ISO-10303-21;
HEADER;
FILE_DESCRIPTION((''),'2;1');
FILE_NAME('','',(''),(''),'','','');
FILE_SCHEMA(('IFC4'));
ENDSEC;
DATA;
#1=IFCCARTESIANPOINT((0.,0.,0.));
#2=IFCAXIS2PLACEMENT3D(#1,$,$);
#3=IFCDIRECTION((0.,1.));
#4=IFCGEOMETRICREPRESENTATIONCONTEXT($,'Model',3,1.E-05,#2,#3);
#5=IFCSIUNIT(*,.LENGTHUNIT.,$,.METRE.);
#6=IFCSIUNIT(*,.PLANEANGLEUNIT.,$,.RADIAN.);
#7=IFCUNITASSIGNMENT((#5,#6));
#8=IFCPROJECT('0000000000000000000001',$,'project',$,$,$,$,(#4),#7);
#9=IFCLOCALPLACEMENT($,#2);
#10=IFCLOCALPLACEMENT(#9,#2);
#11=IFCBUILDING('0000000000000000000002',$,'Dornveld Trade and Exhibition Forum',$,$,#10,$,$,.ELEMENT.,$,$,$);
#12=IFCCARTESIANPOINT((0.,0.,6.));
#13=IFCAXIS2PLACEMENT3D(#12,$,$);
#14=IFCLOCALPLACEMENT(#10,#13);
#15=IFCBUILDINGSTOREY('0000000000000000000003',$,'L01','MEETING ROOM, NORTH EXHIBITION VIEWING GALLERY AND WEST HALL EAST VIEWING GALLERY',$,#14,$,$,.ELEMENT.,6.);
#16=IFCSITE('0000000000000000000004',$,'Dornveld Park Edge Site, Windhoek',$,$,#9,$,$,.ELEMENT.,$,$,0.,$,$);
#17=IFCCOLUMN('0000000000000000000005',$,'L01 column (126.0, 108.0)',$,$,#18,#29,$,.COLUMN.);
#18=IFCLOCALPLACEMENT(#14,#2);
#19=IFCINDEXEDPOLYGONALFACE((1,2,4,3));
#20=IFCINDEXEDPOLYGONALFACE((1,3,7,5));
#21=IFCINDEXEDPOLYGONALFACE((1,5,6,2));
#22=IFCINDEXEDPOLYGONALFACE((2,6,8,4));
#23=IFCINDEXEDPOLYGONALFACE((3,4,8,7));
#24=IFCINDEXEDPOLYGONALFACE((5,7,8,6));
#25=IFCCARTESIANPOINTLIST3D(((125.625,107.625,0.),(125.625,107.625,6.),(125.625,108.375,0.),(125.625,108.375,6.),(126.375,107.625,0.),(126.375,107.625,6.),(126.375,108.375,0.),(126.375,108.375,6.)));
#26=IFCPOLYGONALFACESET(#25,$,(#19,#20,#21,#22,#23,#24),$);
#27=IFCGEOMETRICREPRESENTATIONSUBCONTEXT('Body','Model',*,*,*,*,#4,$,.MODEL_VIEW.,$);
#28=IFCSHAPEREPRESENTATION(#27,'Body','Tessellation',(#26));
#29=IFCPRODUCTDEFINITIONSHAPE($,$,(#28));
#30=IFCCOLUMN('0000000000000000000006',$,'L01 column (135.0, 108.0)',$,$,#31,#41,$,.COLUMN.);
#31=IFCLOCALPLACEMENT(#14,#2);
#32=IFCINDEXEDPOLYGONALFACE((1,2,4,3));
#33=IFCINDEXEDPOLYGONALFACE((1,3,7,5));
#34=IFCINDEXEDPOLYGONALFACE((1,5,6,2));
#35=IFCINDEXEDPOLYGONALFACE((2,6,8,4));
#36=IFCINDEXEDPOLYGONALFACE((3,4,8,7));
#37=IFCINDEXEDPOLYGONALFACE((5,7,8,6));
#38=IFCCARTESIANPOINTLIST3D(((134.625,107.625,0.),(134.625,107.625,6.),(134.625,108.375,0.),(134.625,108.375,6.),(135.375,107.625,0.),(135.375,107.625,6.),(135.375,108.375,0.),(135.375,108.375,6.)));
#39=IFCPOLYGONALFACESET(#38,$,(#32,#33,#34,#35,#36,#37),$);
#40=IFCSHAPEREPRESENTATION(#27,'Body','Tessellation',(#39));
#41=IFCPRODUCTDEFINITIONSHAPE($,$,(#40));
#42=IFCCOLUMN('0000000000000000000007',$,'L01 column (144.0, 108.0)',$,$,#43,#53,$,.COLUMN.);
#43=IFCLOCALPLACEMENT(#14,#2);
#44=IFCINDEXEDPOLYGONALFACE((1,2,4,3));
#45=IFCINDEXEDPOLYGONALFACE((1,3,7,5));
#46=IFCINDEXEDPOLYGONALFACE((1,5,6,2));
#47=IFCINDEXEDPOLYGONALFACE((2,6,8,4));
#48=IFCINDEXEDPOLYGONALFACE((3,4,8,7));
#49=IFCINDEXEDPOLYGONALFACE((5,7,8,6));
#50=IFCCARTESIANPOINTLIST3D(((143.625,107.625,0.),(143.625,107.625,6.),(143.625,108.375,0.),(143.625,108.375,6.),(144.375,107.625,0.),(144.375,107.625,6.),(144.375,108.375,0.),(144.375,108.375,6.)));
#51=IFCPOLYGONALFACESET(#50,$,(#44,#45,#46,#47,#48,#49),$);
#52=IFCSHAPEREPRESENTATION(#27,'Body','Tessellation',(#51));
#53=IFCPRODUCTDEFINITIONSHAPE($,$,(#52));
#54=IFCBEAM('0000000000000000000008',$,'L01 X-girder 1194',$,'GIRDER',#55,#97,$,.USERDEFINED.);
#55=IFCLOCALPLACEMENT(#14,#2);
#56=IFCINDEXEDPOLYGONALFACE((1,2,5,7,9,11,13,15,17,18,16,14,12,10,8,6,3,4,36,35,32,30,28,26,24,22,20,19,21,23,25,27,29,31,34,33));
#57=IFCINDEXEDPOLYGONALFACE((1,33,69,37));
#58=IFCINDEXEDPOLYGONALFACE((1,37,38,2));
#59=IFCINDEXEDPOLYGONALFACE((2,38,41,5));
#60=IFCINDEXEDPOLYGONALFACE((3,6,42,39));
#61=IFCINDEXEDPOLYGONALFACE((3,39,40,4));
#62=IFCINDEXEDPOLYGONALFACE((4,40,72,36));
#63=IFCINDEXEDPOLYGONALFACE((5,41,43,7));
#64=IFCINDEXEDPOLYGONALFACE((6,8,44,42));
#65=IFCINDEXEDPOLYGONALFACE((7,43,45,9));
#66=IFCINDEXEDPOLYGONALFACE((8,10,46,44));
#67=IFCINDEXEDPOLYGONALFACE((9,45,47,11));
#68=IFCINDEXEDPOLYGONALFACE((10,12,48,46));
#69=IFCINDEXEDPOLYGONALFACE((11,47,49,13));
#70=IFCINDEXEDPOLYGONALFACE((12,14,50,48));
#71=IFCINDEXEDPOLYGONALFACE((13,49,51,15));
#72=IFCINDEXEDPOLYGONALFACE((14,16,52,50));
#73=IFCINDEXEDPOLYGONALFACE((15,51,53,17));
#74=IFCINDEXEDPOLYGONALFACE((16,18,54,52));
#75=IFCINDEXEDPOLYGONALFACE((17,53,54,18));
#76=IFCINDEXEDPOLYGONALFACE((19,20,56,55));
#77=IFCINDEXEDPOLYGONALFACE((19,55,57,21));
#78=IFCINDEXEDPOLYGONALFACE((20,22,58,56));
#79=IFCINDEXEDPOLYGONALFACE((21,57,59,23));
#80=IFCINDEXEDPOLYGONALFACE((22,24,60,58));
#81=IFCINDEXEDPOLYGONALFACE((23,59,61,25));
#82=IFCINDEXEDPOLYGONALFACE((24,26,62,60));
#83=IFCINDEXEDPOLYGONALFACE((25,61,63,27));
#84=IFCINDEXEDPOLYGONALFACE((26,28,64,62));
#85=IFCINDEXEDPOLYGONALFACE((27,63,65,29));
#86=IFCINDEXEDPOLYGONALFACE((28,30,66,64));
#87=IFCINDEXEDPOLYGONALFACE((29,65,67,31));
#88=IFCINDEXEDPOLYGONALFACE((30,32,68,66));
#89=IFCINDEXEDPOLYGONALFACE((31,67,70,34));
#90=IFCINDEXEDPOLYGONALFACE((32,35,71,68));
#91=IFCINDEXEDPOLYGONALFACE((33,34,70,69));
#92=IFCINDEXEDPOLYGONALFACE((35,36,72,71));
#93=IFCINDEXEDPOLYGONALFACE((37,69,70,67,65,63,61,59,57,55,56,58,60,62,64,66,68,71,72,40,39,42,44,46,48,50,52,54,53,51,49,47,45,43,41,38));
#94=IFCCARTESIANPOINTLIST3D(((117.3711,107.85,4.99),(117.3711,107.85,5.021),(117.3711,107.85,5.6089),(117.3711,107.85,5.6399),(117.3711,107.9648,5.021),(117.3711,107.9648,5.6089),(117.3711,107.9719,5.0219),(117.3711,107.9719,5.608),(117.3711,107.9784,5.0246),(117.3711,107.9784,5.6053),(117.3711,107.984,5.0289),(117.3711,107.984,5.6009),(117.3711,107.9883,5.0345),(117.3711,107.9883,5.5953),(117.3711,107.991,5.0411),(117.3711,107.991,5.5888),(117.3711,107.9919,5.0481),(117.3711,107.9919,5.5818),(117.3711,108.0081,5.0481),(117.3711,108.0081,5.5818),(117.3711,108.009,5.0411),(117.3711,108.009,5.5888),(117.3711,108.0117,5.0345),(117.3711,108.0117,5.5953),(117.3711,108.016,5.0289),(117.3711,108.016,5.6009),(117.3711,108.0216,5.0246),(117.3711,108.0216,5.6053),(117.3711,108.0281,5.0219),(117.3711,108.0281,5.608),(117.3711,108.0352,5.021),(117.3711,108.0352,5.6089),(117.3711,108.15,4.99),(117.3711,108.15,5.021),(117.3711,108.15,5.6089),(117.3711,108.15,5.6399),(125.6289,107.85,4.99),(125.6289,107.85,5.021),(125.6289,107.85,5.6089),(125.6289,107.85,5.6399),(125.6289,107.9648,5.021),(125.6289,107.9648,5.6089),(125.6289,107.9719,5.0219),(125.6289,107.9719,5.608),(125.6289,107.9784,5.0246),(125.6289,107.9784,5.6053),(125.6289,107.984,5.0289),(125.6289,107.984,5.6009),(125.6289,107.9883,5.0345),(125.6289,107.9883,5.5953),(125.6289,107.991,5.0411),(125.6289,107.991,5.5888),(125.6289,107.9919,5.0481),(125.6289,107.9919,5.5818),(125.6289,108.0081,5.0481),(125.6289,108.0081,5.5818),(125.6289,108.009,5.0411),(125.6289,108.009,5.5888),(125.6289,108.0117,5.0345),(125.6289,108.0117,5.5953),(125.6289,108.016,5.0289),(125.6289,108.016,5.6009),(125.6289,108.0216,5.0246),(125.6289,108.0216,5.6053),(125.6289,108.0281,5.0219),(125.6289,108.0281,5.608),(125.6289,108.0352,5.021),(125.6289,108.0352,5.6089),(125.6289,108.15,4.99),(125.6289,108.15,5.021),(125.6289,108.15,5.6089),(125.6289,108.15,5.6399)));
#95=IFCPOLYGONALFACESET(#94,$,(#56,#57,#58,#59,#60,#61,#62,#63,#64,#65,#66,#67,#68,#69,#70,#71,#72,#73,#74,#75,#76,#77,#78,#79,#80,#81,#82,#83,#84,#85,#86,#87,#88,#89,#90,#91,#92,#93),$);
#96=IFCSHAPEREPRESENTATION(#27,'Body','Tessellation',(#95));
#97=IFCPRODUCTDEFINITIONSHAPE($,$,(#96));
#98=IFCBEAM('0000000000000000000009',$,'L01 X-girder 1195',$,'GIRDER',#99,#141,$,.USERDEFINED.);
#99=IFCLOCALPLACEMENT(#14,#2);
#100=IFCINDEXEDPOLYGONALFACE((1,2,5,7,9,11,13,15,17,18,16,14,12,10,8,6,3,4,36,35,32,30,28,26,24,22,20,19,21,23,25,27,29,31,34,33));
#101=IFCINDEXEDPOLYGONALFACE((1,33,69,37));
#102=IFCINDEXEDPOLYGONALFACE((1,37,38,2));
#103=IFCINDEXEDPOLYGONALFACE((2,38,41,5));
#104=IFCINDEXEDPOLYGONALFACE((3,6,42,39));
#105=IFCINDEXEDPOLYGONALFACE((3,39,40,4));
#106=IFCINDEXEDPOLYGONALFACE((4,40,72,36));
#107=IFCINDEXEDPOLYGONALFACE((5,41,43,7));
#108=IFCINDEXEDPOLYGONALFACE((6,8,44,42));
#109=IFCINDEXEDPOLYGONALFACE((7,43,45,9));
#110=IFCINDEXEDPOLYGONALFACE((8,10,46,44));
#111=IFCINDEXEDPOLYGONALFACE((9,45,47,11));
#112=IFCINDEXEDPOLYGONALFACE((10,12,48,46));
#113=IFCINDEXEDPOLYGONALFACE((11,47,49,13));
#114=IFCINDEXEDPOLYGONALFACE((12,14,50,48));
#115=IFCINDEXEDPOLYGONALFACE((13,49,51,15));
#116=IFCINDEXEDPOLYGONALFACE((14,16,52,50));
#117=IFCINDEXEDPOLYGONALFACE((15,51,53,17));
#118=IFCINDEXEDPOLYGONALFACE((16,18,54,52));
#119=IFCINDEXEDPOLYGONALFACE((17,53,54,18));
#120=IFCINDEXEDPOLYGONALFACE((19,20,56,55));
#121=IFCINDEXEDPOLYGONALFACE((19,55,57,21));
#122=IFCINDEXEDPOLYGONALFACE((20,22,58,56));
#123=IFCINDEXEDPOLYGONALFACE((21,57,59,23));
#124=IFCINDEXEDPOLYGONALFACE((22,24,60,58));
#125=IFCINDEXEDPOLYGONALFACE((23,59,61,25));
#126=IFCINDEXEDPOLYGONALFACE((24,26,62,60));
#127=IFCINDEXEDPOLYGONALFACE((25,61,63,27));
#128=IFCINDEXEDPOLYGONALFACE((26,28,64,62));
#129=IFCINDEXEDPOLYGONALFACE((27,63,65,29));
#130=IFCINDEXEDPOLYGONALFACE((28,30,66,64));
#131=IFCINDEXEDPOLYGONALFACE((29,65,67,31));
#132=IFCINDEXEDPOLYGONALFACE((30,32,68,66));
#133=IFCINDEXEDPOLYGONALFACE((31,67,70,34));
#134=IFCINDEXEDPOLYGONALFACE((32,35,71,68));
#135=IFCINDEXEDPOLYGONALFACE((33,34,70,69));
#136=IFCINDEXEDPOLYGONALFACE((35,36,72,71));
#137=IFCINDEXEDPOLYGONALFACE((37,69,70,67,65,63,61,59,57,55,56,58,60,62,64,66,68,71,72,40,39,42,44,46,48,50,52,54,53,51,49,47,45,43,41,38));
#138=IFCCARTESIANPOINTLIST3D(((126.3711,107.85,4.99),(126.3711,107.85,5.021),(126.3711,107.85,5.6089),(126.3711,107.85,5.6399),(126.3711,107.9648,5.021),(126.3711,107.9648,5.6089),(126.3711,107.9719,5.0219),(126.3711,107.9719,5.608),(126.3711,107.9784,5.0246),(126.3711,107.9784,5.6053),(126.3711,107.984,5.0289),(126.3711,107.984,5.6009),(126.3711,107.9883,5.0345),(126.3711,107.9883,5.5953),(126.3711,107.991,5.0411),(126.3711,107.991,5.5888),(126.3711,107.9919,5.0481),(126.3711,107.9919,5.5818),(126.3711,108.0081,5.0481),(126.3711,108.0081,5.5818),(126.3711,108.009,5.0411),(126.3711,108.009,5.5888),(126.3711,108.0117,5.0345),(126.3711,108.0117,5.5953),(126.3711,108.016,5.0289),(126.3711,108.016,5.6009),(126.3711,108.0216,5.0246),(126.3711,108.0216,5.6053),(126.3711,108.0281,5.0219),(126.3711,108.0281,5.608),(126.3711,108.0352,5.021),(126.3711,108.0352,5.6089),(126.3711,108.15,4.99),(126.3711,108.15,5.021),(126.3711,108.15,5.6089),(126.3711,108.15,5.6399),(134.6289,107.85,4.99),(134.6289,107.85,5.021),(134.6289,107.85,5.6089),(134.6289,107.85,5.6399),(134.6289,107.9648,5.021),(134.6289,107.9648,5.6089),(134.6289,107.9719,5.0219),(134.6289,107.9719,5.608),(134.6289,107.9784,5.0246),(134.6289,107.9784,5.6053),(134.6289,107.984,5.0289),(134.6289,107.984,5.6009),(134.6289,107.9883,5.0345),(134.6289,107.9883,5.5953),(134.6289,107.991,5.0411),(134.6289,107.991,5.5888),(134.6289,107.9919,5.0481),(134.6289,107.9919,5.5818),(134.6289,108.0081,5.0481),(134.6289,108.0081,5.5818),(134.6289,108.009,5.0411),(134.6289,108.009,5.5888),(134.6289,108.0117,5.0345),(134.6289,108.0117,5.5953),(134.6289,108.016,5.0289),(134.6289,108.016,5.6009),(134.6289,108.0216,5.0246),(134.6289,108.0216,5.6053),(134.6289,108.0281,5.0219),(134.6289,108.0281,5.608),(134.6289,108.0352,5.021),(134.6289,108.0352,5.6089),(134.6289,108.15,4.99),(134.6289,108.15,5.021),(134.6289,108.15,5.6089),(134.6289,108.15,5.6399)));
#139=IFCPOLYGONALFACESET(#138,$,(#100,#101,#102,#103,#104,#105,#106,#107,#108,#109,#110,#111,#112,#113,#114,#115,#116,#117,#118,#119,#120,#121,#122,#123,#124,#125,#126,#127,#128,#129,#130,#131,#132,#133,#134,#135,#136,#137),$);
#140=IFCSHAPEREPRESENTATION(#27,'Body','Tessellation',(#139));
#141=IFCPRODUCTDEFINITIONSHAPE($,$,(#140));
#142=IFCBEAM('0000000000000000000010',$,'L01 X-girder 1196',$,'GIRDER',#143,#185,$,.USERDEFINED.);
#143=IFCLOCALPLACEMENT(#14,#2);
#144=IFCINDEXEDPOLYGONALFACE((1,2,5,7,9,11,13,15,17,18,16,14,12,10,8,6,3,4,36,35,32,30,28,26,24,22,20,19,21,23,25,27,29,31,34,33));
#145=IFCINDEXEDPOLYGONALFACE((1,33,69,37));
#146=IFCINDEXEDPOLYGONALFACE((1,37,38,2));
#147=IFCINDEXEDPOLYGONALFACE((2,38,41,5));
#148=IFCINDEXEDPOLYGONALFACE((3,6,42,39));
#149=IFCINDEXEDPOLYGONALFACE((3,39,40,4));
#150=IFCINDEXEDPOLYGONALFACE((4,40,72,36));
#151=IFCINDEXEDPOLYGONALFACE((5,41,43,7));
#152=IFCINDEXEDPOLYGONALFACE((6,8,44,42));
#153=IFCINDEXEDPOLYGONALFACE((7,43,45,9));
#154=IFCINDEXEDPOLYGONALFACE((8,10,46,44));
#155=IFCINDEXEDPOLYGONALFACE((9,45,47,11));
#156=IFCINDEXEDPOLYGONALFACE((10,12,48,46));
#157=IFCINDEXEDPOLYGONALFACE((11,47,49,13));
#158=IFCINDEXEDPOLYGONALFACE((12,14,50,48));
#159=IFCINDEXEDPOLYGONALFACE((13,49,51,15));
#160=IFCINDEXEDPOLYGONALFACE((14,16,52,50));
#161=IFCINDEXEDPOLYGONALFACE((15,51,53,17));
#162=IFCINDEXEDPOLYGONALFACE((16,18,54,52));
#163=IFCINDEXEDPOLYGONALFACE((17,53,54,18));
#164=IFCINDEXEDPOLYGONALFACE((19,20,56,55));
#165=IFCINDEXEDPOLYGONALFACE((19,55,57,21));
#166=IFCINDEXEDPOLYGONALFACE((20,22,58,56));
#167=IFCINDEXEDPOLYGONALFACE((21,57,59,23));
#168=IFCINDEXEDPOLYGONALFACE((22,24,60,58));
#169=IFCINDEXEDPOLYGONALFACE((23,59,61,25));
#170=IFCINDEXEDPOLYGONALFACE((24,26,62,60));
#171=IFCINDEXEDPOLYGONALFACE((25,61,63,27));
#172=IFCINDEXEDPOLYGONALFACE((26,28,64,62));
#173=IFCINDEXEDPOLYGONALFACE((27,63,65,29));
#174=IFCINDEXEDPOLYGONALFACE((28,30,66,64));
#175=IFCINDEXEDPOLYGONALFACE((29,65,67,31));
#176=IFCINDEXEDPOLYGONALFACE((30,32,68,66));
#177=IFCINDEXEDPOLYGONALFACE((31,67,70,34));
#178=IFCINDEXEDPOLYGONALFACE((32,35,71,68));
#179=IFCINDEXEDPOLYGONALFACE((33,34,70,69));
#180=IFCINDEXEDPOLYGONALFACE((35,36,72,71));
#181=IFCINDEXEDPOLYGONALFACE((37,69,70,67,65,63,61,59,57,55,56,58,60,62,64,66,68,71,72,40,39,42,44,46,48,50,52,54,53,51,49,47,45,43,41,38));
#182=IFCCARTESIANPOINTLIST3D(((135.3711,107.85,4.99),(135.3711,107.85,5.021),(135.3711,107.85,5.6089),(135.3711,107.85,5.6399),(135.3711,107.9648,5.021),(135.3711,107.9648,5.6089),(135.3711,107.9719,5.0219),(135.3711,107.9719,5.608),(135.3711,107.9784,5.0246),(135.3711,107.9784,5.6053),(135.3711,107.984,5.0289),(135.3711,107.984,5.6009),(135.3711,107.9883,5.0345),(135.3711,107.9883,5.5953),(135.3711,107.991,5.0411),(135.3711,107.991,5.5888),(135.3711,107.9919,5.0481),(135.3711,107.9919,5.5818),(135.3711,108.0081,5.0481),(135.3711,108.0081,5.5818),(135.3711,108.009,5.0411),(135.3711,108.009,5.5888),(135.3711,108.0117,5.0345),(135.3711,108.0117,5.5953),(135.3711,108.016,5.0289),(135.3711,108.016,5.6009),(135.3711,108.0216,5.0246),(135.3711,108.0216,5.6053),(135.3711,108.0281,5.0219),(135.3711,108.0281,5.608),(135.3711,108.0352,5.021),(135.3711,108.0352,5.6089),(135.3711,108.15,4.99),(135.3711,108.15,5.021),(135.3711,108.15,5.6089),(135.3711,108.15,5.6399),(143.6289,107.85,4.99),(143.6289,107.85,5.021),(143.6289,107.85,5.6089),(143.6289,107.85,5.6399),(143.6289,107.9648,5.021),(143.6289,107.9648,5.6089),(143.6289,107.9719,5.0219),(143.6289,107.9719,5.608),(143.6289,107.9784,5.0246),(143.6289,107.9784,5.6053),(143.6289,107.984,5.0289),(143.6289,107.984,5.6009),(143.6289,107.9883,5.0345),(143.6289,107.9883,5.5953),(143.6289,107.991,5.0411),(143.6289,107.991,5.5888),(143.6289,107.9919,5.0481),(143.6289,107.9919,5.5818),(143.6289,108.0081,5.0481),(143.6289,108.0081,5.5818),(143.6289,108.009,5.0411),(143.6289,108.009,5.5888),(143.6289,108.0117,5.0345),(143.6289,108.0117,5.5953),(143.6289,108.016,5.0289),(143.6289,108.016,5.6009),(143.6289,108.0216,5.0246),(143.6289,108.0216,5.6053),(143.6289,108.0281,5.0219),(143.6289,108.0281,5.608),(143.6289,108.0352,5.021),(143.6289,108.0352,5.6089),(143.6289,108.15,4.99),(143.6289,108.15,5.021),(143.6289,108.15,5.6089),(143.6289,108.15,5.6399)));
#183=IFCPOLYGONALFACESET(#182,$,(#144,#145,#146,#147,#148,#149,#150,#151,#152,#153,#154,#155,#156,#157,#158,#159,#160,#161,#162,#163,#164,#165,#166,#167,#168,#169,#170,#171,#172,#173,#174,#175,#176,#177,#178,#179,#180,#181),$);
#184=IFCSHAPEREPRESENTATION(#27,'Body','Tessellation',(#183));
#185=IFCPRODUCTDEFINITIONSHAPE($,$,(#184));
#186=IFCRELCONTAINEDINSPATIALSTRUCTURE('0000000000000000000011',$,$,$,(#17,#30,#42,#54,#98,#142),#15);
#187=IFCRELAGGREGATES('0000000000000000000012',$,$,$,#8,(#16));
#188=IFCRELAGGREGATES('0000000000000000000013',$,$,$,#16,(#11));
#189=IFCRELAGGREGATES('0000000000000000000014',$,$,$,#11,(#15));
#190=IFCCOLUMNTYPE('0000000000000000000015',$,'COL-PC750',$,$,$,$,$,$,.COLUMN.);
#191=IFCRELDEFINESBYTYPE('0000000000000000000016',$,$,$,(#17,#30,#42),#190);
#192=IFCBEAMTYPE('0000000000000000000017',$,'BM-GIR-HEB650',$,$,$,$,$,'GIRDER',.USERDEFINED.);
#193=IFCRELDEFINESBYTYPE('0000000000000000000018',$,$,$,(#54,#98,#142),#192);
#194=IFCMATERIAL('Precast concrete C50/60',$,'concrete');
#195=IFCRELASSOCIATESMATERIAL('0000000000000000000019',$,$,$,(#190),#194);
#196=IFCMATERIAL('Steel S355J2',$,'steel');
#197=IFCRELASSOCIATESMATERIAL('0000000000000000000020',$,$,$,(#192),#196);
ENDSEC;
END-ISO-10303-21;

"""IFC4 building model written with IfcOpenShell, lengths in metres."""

from ifc_helpers import new_model, si_unit, direction, frame, origin, origin_2d, place, context, subcontext, project, spatial, rectangle, i_section, extrude, material, material_profile, profile_set, type_object, element, save


model = new_model("IFC4")

# Units and contexts
model_context = context("Model", 3, precision=1e-05, world=origin(), true_north=direction((0.0, 1.0)))
body_context = subcontext(model_context, "Body", "Model", "MODEL_VIEW")
ifc_project = project(units=[si_unit("LENGTHUNIT", "METRE"), si_unit("PLANEANGLEUNIT", "RADIAN")], contexts=[model_context])

# Site, building, storey
site_placement = place(None, origin())
site = spatial("IfcSite", under=ifc_project, at=site_placement, Name="Dornveld Park Edge Site, Windhoek", CompositionType="ELEMENT", RefElevation=0.0)
building_placement = place(site_placement, origin())
building = spatial("IfcBuilding", under=site, at=building_placement, Name="Dornveld Trade and Exhibition Forum", CompositionType="ELEMENT")
storey_placement = place(building_placement, frame((0.0, 0.0, 6.0)))
storey = spatial("IfcBuildingStorey", under=building, at=storey_placement, Name="L01", Description="MEETING ROOM, NORTH EXHIBITION VIEWING GALLERY AND WEST HALL EAST VIEWING GALLERY", CompositionType="ELEMENT", Elevation=6.0)

# Columns
ifc_material_1 = material(Name="Precast concrete C50/60", Category="concrete")
ifc_material_profile_1 = material_profile(ifc_material_1, rectangle(XDim=0.75, YDim=0.75, at=origin_2d()), Name="PC-COL 750x750")
ifc_profile_set_1 = profile_set([ifc_material_profile_1], Name="Precast concrete C50/60")
column_type = type_object("IfcColumnType", Name="COL-PC750", PredefinedType="COLUMN", material=ifc_profile_set_1)
for number, where, z_axis, x_axis, name in (
    (1, (126.0, 108.0, 0.0), (0.0, 0.0, 1.0), (1.0, 0.0, 0.0), "L01 column (126.0, 108.0)"),
    (2, (135.0, 108.0, 0.0), (0.0, 0.0, 1.0), (1.0, 0.0, 0.0), "L01 column (135.0, 108.0)"),
    (3, (144.0, 108.0, 0.0), (0.0, 0.0, 1.0), (1.0, 0.0, 0.0), "L01 column (144.0, 108.0)"),
):
    element("IfcColumn", number, at=place(storey_placement, frame(where, z_axis=z_axis, x_axis=x_axis)), inside=storey, type_object=column_type, Name=name, PredefinedType="COLUMN", context=body_context, shape_type="SweptSolid", body=[
        extrude(rectangle(XDim=0.75, YDim=0.75, at=origin_2d()), origin(), (0.0, 0.0, 1.0), 6.0),
    ])

# Beams
ifc_material_2 = material(Name="Steel S355J2", Category="steel")
ifc_material_profile_2 = material_profile(ifc_material_2, i_section(OverallWidth=0.3, OverallDepth=0.6499, WebThickness=0.0161, FlangeThickness=0.031, FilletRadius=0.0271, at=origin_2d()), Name="HEB 650")
ifc_profile_set_2 = profile_set([ifc_material_profile_2], Name="Steel S355J2")
beam_type = type_object("IfcBeamType", Name="BM-GIR-HEB650", ElementType="GIRDER", PredefinedType="USERDEFINED", material=ifc_profile_set_2)
for number, where, z_axis, x_axis, name in (
    (4, (117.3711, 108.0, 5.3149), (1.0, 0.0, 0.0), (0.0, 1.0, 0.0), "L01 X-girder 1194"),
    (5, (126.3711, 108.0, 5.3149), (1.0, 0.0, 0.0), (0.0, 1.0, 0.0), "L01 X-girder 1195"),
    (6, (135.3711, 108.0, 5.3149), (1.0, 0.0, 0.0), (0.0, 1.0, 0.0), "L01 X-girder 1196"),
):
    element("IfcBeam", number, at=place(storey_placement, frame(where, z_axis=z_axis, x_axis=x_axis)), inside=storey, type_object=beam_type, Name=name, ObjectType="GIRDER", PredefinedType="USERDEFINED", context=body_context, shape_type="SweptSolid", body=[
        extrude(i_section(OverallWidth=0.3, OverallDepth=0.6499, WebThickness=0.0161, FlangeThickness=0.031, FilletRadius=0.0271, at=origin_2d()), origin(), (0.0, 0.0, 1.0), 8.2578),
    ])

save(model, "model.ifc")
